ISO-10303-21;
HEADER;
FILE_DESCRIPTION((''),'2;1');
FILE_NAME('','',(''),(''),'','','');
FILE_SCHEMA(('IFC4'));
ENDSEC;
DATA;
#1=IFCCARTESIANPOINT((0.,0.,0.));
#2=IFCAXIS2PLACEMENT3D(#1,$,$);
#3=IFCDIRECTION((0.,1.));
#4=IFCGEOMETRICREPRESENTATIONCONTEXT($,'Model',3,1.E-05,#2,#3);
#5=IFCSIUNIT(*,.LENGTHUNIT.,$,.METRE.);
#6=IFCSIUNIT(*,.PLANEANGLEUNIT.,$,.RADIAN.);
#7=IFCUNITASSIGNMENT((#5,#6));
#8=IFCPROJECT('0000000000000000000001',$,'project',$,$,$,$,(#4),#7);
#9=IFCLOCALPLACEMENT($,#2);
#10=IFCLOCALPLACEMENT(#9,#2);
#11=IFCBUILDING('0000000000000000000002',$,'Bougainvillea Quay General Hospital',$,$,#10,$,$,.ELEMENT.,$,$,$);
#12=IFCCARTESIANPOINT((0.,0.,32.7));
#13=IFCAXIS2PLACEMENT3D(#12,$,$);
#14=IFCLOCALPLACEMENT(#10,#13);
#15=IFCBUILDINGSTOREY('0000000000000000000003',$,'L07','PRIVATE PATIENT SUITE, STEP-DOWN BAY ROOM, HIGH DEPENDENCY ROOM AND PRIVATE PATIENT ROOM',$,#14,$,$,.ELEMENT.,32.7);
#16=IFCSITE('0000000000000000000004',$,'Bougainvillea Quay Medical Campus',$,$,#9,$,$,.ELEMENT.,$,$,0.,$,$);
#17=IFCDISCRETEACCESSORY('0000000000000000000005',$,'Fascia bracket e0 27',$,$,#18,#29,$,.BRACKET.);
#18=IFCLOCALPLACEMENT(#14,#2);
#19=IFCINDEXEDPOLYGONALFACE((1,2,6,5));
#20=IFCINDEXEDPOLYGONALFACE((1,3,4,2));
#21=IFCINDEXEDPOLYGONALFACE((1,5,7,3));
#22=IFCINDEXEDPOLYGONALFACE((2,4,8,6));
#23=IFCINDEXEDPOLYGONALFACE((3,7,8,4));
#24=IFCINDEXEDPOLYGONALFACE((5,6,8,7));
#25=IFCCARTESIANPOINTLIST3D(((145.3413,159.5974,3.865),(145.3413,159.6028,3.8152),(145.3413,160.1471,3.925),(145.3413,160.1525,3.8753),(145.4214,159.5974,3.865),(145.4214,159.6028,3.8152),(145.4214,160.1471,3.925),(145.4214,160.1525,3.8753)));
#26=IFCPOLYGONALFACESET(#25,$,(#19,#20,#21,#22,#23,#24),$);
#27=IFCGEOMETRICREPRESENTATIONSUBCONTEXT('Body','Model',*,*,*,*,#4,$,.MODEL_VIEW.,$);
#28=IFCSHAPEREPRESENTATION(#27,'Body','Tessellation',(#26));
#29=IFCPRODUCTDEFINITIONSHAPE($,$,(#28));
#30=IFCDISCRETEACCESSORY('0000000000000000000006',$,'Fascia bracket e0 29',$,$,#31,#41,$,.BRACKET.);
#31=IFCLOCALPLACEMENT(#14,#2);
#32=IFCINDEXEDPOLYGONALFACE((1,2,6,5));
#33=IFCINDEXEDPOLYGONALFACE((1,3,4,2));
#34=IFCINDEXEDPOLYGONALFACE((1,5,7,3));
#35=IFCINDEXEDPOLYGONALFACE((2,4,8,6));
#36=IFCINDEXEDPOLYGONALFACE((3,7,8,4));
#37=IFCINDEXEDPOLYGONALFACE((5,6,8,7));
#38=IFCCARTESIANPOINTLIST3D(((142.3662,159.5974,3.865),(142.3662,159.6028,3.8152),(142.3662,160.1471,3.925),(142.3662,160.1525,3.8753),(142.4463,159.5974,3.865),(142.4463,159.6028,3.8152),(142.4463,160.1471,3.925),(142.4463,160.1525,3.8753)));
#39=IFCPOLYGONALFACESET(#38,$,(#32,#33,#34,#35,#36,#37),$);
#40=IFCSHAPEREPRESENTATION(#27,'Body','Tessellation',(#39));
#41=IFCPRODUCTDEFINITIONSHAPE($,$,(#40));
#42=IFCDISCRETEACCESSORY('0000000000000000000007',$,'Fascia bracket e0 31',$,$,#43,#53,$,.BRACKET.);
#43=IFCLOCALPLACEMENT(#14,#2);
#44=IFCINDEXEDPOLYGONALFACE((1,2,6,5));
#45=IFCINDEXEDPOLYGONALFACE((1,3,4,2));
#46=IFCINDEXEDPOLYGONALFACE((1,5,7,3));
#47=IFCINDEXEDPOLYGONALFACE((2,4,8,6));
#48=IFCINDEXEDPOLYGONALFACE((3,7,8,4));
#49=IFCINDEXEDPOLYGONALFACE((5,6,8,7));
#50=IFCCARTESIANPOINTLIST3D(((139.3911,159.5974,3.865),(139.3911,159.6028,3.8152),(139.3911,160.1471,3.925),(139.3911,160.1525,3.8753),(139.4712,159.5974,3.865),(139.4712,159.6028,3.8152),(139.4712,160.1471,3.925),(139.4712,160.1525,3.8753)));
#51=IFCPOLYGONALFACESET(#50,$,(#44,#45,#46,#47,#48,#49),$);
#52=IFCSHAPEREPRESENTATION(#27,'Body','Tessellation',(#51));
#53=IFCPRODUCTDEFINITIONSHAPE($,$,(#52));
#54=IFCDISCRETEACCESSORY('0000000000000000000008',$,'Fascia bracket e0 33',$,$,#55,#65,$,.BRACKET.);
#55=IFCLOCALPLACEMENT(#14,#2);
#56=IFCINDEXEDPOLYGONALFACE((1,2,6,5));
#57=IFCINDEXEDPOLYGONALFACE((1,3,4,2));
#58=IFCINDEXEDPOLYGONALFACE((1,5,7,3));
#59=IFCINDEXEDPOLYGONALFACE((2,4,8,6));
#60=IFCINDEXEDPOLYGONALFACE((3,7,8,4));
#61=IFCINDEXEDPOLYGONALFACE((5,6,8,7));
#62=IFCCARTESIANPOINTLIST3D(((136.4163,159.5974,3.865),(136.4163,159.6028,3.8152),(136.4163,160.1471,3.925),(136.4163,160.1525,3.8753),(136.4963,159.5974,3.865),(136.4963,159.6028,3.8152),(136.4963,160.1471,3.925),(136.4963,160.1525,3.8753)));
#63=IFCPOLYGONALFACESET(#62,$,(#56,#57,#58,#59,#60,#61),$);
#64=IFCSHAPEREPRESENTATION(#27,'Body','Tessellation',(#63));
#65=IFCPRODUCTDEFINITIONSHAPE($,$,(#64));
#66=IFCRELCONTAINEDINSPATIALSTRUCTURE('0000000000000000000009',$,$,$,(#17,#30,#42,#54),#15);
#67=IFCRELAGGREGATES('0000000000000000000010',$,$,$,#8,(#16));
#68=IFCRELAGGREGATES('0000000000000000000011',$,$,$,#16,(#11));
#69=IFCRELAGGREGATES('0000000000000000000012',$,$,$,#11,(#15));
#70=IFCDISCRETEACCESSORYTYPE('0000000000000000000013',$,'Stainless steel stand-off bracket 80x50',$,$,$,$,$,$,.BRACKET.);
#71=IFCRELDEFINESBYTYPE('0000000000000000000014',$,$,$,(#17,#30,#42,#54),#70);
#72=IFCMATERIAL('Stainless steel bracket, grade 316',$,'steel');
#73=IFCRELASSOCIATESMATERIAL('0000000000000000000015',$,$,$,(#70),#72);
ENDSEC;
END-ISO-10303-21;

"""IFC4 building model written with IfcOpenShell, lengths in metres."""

from ifc_helpers import new_model, si_unit, direction, frame, origin, origin_2d, place, context, subcontext, project, spatial, rectangle, extrude, material, material_profile, profile_set, type_object, element, save


model = new_model("IFC4")

# Units and contexts
model_context = context("Model", 3, precision=1e-05, world=origin(), true_north=direction((0.0, 1.0)))
body_context = subcontext(model_context, "Body", "Model", "MODEL_VIEW")
ifc_project = project(units=[si_unit("LENGTHUNIT", "METRE"), si_unit("PLANEANGLEUNIT", "RADIAN")], contexts=[model_context])

# Site, building, storey
site_placement = place(None, origin())
site = spatial("IfcSite", under=ifc_project, at=site_placement, Name="Bougainvillea Quay Medical Campus", CompositionType="ELEMENT", RefElevation=0.0)
building_placement = place(site_placement, origin())
building = spatial("IfcBuilding", under=site, at=building_placement, Name="Bougainvillea Quay General Hospital", CompositionType="ELEMENT")
storey_placement = place(building_placement, frame((0.0, 0.0, 32.7)))
storey = spatial("IfcBuildingStorey", under=building, at=storey_placement, Name="L07", Description="PRIVATE PATIENT SUITE, STEP-DOWN BAY ROOM, HIGH DEPENDENCY ROOM AND PRIVATE PATIENT ROOM", CompositionType="ELEMENT", Elevation=32.7)

# Discrete accessories
ifc_material_1 = material(Name="Stainless steel bracket, grade 316", Category="steel")
ifc_material_profile_1 = material_profile(ifc_material_1, rectangle(XDim=0.0801, YDim=0.05, at=origin_2d()))
ifc_profile_set_1 = profile_set([ifc_material_profile_1], Name="Stainless steel bracket, grade 316")
discrete_accessory_type_1 = type_object("IfcDiscreteAccessoryType", Name="Stainless steel stand-off bracket 80x50", PredefinedType="BRACKET", material=ifc_profile_set_1)
for number, where, z_axis, x_axis, name in (
    (1, (145.3813, 159.6001, 3.8401), (0.0, 0.994087, 0.10859), (-1.0, 0.0, 0.0), "Fascia bracket e0 27"),
    (2, (142.4062, 159.6001, 3.8401), (0.0, 0.994087, 0.10859), (-1.0, 0.0, 0.0), "Fascia bracket e0 29"),
    (3, (139.4312, 159.6001, 3.8401), (0.0, 0.994087, 0.10859), (-1.0, 0.0, 0.0), "Fascia bracket e0 31"),
    (4, (136.4563, 159.6001, 3.8401), (0.0, 0.994087, 0.10859), (-1.0, 0.0, 0.0), "Fascia bracket e0 33"),
):
    element("IfcDiscreteAccessory", number, at=place(storey_placement, frame(where, z_axis=z_axis, x_axis=x_axis)), inside=storey, type_object=discrete_accessory_type_1, Name=name, PredefinedType="BRACKET", context=body_context, shape_type="SweptSolid", body=[
        extrude(rectangle(XDim=0.0801, YDim=0.05, at=origin_2d()), origin(), (0.0, 0.0, 1.0), 0.553),
    ])

save(model, "model.ifc")
